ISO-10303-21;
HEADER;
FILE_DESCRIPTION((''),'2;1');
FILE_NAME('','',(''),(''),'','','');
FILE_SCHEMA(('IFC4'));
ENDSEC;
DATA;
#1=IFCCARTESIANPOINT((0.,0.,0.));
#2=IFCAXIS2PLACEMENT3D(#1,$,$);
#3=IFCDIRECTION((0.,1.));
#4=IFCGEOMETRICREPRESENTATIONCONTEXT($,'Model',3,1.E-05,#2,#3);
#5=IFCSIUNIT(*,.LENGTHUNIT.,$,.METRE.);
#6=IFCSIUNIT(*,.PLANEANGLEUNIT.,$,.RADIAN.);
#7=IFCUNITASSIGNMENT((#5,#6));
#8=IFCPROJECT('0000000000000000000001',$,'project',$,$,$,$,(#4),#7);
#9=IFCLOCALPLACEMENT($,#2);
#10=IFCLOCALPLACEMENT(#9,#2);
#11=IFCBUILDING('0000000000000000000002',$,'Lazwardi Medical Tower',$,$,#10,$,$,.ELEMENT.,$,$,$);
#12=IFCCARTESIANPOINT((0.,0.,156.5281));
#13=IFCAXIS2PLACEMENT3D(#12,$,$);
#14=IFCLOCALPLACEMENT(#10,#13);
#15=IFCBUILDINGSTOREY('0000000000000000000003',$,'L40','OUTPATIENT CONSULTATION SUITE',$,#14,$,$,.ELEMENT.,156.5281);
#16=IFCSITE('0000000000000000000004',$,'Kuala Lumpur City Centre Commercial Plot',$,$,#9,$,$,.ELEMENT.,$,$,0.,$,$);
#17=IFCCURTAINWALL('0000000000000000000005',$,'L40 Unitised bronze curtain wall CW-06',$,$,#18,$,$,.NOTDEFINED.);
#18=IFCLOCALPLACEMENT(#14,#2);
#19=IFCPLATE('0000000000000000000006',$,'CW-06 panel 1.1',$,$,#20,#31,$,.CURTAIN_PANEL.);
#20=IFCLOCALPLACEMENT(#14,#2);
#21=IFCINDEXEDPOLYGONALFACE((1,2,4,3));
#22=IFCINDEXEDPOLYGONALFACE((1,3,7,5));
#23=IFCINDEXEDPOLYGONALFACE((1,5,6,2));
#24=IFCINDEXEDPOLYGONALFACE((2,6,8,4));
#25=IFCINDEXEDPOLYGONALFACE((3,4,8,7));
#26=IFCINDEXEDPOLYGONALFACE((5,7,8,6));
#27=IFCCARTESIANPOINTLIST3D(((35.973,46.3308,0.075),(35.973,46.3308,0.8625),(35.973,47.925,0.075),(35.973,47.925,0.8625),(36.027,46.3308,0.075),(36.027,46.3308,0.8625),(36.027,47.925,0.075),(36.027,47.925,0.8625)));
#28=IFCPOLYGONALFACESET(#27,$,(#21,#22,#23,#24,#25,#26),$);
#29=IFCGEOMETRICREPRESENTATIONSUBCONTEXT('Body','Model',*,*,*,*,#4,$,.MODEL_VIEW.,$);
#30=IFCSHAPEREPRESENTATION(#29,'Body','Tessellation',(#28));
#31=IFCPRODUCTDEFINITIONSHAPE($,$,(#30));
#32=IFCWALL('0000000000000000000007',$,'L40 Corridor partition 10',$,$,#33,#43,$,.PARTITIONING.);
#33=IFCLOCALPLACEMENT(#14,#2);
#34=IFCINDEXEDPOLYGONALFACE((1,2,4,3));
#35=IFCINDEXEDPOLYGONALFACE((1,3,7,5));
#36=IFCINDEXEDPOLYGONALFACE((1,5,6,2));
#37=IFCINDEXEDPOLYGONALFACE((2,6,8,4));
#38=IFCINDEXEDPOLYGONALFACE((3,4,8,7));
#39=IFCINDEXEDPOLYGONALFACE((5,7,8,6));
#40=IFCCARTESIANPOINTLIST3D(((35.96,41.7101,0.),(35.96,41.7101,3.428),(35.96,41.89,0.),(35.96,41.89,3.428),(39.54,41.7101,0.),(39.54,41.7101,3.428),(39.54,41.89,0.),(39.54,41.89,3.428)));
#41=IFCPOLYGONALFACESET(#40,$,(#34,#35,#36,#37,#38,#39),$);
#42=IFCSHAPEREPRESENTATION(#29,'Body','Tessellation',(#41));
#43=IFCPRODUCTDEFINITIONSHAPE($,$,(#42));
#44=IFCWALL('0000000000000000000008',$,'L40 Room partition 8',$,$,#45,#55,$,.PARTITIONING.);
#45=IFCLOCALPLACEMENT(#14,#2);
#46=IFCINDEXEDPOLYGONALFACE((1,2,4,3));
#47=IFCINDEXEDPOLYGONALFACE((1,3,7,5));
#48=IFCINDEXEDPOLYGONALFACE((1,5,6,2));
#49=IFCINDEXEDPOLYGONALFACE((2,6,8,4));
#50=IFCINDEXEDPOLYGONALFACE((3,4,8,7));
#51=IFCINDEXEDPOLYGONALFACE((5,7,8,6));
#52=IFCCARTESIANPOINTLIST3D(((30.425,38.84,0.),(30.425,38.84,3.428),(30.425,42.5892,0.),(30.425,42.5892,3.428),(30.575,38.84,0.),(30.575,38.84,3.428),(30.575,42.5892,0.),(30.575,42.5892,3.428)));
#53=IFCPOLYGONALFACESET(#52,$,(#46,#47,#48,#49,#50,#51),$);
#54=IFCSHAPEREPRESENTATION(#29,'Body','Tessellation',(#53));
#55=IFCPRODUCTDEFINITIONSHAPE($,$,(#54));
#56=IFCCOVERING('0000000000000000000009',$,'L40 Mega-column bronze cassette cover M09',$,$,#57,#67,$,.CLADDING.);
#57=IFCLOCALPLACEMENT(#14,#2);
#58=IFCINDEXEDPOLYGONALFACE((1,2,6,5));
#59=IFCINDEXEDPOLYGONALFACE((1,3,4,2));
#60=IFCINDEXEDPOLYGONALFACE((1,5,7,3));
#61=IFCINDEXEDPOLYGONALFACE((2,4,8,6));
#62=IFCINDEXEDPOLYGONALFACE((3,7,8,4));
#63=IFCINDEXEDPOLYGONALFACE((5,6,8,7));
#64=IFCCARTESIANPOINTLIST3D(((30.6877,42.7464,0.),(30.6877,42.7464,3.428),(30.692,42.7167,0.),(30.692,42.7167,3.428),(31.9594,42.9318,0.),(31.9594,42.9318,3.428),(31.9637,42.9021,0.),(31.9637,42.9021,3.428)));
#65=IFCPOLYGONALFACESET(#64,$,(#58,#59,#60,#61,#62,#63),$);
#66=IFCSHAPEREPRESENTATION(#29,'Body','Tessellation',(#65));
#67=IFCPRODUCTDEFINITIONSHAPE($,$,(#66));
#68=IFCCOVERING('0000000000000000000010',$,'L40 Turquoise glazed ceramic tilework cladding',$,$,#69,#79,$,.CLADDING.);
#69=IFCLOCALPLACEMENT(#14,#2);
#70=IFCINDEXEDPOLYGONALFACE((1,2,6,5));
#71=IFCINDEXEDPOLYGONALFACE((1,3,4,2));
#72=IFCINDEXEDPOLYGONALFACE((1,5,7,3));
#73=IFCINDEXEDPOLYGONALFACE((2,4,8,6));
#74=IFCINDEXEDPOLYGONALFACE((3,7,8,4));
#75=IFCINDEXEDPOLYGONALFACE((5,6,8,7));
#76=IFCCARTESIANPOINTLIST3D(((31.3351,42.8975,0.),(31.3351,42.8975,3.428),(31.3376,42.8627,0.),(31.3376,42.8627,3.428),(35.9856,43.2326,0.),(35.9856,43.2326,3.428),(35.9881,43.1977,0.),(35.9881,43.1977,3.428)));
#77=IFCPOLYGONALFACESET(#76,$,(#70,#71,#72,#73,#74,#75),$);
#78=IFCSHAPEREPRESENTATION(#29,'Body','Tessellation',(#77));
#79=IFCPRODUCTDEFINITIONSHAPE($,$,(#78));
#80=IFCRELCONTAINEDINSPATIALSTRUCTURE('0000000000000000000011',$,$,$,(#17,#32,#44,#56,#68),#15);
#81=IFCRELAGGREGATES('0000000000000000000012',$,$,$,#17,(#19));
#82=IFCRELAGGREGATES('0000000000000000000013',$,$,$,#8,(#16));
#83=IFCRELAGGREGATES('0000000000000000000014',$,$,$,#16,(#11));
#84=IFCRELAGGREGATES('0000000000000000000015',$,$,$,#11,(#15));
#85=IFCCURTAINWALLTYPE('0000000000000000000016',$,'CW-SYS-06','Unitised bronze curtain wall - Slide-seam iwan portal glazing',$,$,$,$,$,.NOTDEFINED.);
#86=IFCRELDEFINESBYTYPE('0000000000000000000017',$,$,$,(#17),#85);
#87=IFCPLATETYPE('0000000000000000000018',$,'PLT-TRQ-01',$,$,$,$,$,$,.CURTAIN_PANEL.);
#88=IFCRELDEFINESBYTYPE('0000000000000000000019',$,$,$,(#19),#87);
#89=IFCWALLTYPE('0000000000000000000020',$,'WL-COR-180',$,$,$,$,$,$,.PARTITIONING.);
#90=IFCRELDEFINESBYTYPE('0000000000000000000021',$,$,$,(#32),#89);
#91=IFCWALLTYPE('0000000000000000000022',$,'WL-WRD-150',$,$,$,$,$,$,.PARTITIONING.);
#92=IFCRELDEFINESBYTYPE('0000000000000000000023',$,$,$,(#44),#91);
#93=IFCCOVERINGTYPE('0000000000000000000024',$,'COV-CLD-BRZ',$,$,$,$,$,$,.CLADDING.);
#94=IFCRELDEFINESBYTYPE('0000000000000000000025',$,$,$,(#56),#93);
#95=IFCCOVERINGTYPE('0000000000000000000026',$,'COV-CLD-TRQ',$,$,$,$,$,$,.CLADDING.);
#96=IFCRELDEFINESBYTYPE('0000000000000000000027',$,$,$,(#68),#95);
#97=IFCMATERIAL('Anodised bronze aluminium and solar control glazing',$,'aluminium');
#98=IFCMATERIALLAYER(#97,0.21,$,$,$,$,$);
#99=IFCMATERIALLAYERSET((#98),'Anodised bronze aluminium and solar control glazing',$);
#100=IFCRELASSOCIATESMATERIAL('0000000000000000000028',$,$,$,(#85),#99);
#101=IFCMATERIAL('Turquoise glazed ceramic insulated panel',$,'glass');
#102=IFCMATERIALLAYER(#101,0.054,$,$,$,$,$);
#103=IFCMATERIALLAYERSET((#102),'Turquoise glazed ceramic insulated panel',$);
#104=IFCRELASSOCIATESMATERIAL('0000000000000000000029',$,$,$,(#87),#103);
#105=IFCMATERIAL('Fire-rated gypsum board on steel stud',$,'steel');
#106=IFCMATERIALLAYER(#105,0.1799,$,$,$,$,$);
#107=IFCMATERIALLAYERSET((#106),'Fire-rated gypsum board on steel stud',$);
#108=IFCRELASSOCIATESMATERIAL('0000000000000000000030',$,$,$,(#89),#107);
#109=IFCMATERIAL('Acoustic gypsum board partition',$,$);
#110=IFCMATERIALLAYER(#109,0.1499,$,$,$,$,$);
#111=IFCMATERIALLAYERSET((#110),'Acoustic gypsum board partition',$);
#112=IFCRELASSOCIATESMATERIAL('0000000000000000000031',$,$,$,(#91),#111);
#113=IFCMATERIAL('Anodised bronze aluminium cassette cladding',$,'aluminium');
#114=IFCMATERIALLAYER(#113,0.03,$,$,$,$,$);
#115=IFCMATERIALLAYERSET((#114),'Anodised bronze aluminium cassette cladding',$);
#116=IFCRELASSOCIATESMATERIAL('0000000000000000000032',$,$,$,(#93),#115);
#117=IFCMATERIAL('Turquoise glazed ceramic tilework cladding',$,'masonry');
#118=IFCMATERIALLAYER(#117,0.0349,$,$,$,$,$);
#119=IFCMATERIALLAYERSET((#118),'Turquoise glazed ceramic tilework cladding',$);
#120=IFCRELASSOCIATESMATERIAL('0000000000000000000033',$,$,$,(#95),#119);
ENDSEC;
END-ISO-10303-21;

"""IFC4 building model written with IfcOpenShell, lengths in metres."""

from ifc_helpers import new_model, si_unit, direction, frame, frame_2d, origin, origin_2d, place, context, subcontext, project, spatial, rectangle, extrude, material, layer, layer_set, type_object, element, aggregate, save


model = new_model("IFC4")

# Units and contexts
model_context = context("Model", 3, precision=1e-05, world=origin(), true_north=direction((0.0, 1.0)))
body_context = subcontext(model_context, "Body", "Model", "MODEL_VIEW")
ifc_project = project(units=[si_unit("LENGTHUNIT", "METRE"), si_unit("PLANEANGLEUNIT", "RADIAN")], contexts=[model_context])

# Site, building, storey
site_placement = place(None, origin())
site = spatial("IfcSite", under=ifc_project, at=site_placement, Name="Kuala Lumpur City Centre Commercial Plot", CompositionType="ELEMENT", RefElevation=0.0)
building_placement = place(site_placement, origin())
building = spatial("IfcBuilding", under=site, at=building_placement, Name="Lazwardi Medical Tower", CompositionType="ELEMENT")
storey_placement = place(building_placement, frame((0.0, 0.0, 156.5281)))
storey = spatial("IfcBuildingStorey", under=building, at=storey_placement, Name="L40", Description="OUTPATIENT CONSULTATION SUITE", CompositionType="ELEMENT", Elevation=156.5281)

# Curtain wall
ifc_material_1 = material(Name="Anodised bronze aluminium and solar control glazing", Category="aluminium")
ifc_layer_1 = layer(ifc_material_1, 0.21)
ifc_layer_set_1 = layer_set([ifc_layer_1], Name="Anodised bronze aluminium and solar control glazing")
curtain_wall_type_1 = type_object("IfcCurtainWallType", Name="CW-SYS-06", Description="Unitised bronze curtain wall - Slide-seam iwan portal glazing", PredefinedType="NOTDEFINED", material=ifc_layer_set_1)
curtain_wall_1_placement = place(storey_placement, origin())
curtain_wall_1 = element("IfcCurtainWall", 1, at=curtain_wall_1_placement, inside=storey, type_object=curtain_wall_type_1, Name="L40 Unitised bronze curtain wall CW-06", PredefinedType="NOTDEFINED")

# Plate
ifc_material_2 = material(Name="Turquoise glazed ceramic insulated panel", Category="glass")
ifc_layer_2 = layer(ifc_material_2, 0.054)
ifc_layer_set_2 = layer_set([ifc_layer_2], Name="Turquoise glazed ceramic insulated panel")
plate_type_1 = type_object("IfcPlateType", Name="PLT-TRQ-01", PredefinedType="CURTAIN_PANEL", material=ifc_layer_set_2)
plate_1_placement = place(storey_placement, frame((36.0, 47.1279, 0.075), z_axis=(0.0, 0.0, 1.0), x_axis=(0.0, -1.0, 0.0)))
plate_1 = element("IfcPlate", 2, at=plate_1_placement, type_object=plate_type_1, Name="CW-06 panel 1.1", PredefinedType="CURTAIN_PANEL", context=body_context, shape_type="SweptSolid", body=[
    extrude(rectangle(XDim=1.5942, YDim=0.054, at=origin_2d()), origin(), (0.0, 0.0, 1.0), 0.7876),
])
aggregate(curtain_wall_1, [plate_1])

# Shared definitions
ifc_material_3 = material(Name="Fire-rated gypsum board on steel stud", Category="steel")
ifc_layer_3 = layer(ifc_material_3, 0.1799)
ifc_layer_set_3 = layer_set([ifc_layer_3], Name="Fire-rated gypsum board on steel stud")
wall_type_1 = type_object("IfcWallType", Name="WL-COR-180", PredefinedType="PARTITIONING", material=ifc_layer_set_3)

# Walls
wall_1_placement = place(storey_placement, frame((35.96, 41.8, 0.0), z_axis=(0.0, 0.0, 1.0), x_axis=(1.0, 0.0, 0.0)))
element("IfcWall", 3, at=wall_1_placement, inside=storey, type_object=wall_type_1, Name="L40 Corridor partition 10", PredefinedType="PARTITIONING", context=body_context, shape_type="SweptSolid", body=[
    extrude(rectangle(XDim=3.5801, YDim=0.1799, at=frame_2d((1.79, 0.0))), origin(), (0.0, 0.0, 1.0), 3.428),
])
ifc_material_4 = material(Name="Acoustic gypsum board partition")
ifc_layer_4 = layer(ifc_material_4, 0.1499)
ifc_layer_set_4 = layer_set([ifc_layer_4], Name="Acoustic gypsum board partition")
wall_type_2 = type_object("IfcWallType", Name="WL-WRD-150", PredefinedType="PARTITIONING", material=ifc_layer_set_4)
wall_2_placement = place(storey_placement, frame((30.5, 38.8401, 0.0), z_axis=(0.0, 0.0, 1.0), x_axis=(0.0, 1.0, 0.0)))
element("IfcWall", 4, at=wall_2_placement, inside=storey, type_object=wall_type_2, Name="L40 Room partition 8", PredefinedType="PARTITIONING", context=body_context, shape_type="SweptSolid", body=[
    extrude(rectangle(XDim=3.7493, YDim=0.1499, at=frame_2d((1.8745, 0.0))), origin(), (0.0, 0.0, 1.0), 3.428),
])

# Coverings
ifc_material_5 = material(Name="Anodised bronze aluminium cassette cladding", Category="aluminium")
ifc_layer_5 = layer(ifc_material_5, 0.03)
ifc_layer_set_5 = layer_set([ifc_layer_5], Name="Anodised bronze aluminium cassette cladding")
covering_type_1 = type_object("IfcCoveringType", Name="COV-CLD-BRZ", PredefinedType="CLADDING", material=ifc_layer_set_5)
covering_1_placement = place(storey_placement, frame((31.3257, 42.8242, 0.0), z_axis=(0.0, 0.0, 1.0), x_axis=(-0.989539, -0.144265, 0.0)))
element("IfcCovering", 5, at=covering_1_placement, inside=storey, type_object=covering_type_1, Name="L40 Mega-column bronze cassette cover M09", PredefinedType="CLADDING", context=body_context, shape_type="SweptSolid", body=[
    extrude(rectangle(XDim=1.2852, YDim=0.03, at=origin_2d()), origin(), (0.0, 0.0, 1.0), 3.428),
])
ifc_material_6 = material(Name="Turquoise glazed ceramic tilework cladding", Category="masonry")
ifc_layer_6 = layer(ifc_material_6, 0.0349)
ifc_layer_set_6 = layer_set([ifc_layer_6], Name="Turquoise glazed ceramic tilework cladding")
covering_type_2 = type_object("IfcCoveringType", Name="COV-CLD-TRQ", PredefinedType="CLADDING", material=ifc_layer_set_6)
covering_2_placement = place(storey_placement, frame((33.6616, 43.0476, 0.0), z_axis=(0.0, 0.0, 1.0), x_axis=(-0.997414, -0.071868, 0.0)))
element("IfcCovering", 6, at=covering_2_placement, inside=storey, type_object=covering_type_2, Name="L40 Turquoise glazed ceramic tilework cladding", PredefinedType="CLADDING", context=body_context, shape_type="SweptSolid", body=[
    extrude(rectangle(XDim=4.6626, YDim=0.0349, at=origin_2d()), origin(), (0.0, 0.0, 1.0), 3.428),
])

save(model, "model.ifc")
